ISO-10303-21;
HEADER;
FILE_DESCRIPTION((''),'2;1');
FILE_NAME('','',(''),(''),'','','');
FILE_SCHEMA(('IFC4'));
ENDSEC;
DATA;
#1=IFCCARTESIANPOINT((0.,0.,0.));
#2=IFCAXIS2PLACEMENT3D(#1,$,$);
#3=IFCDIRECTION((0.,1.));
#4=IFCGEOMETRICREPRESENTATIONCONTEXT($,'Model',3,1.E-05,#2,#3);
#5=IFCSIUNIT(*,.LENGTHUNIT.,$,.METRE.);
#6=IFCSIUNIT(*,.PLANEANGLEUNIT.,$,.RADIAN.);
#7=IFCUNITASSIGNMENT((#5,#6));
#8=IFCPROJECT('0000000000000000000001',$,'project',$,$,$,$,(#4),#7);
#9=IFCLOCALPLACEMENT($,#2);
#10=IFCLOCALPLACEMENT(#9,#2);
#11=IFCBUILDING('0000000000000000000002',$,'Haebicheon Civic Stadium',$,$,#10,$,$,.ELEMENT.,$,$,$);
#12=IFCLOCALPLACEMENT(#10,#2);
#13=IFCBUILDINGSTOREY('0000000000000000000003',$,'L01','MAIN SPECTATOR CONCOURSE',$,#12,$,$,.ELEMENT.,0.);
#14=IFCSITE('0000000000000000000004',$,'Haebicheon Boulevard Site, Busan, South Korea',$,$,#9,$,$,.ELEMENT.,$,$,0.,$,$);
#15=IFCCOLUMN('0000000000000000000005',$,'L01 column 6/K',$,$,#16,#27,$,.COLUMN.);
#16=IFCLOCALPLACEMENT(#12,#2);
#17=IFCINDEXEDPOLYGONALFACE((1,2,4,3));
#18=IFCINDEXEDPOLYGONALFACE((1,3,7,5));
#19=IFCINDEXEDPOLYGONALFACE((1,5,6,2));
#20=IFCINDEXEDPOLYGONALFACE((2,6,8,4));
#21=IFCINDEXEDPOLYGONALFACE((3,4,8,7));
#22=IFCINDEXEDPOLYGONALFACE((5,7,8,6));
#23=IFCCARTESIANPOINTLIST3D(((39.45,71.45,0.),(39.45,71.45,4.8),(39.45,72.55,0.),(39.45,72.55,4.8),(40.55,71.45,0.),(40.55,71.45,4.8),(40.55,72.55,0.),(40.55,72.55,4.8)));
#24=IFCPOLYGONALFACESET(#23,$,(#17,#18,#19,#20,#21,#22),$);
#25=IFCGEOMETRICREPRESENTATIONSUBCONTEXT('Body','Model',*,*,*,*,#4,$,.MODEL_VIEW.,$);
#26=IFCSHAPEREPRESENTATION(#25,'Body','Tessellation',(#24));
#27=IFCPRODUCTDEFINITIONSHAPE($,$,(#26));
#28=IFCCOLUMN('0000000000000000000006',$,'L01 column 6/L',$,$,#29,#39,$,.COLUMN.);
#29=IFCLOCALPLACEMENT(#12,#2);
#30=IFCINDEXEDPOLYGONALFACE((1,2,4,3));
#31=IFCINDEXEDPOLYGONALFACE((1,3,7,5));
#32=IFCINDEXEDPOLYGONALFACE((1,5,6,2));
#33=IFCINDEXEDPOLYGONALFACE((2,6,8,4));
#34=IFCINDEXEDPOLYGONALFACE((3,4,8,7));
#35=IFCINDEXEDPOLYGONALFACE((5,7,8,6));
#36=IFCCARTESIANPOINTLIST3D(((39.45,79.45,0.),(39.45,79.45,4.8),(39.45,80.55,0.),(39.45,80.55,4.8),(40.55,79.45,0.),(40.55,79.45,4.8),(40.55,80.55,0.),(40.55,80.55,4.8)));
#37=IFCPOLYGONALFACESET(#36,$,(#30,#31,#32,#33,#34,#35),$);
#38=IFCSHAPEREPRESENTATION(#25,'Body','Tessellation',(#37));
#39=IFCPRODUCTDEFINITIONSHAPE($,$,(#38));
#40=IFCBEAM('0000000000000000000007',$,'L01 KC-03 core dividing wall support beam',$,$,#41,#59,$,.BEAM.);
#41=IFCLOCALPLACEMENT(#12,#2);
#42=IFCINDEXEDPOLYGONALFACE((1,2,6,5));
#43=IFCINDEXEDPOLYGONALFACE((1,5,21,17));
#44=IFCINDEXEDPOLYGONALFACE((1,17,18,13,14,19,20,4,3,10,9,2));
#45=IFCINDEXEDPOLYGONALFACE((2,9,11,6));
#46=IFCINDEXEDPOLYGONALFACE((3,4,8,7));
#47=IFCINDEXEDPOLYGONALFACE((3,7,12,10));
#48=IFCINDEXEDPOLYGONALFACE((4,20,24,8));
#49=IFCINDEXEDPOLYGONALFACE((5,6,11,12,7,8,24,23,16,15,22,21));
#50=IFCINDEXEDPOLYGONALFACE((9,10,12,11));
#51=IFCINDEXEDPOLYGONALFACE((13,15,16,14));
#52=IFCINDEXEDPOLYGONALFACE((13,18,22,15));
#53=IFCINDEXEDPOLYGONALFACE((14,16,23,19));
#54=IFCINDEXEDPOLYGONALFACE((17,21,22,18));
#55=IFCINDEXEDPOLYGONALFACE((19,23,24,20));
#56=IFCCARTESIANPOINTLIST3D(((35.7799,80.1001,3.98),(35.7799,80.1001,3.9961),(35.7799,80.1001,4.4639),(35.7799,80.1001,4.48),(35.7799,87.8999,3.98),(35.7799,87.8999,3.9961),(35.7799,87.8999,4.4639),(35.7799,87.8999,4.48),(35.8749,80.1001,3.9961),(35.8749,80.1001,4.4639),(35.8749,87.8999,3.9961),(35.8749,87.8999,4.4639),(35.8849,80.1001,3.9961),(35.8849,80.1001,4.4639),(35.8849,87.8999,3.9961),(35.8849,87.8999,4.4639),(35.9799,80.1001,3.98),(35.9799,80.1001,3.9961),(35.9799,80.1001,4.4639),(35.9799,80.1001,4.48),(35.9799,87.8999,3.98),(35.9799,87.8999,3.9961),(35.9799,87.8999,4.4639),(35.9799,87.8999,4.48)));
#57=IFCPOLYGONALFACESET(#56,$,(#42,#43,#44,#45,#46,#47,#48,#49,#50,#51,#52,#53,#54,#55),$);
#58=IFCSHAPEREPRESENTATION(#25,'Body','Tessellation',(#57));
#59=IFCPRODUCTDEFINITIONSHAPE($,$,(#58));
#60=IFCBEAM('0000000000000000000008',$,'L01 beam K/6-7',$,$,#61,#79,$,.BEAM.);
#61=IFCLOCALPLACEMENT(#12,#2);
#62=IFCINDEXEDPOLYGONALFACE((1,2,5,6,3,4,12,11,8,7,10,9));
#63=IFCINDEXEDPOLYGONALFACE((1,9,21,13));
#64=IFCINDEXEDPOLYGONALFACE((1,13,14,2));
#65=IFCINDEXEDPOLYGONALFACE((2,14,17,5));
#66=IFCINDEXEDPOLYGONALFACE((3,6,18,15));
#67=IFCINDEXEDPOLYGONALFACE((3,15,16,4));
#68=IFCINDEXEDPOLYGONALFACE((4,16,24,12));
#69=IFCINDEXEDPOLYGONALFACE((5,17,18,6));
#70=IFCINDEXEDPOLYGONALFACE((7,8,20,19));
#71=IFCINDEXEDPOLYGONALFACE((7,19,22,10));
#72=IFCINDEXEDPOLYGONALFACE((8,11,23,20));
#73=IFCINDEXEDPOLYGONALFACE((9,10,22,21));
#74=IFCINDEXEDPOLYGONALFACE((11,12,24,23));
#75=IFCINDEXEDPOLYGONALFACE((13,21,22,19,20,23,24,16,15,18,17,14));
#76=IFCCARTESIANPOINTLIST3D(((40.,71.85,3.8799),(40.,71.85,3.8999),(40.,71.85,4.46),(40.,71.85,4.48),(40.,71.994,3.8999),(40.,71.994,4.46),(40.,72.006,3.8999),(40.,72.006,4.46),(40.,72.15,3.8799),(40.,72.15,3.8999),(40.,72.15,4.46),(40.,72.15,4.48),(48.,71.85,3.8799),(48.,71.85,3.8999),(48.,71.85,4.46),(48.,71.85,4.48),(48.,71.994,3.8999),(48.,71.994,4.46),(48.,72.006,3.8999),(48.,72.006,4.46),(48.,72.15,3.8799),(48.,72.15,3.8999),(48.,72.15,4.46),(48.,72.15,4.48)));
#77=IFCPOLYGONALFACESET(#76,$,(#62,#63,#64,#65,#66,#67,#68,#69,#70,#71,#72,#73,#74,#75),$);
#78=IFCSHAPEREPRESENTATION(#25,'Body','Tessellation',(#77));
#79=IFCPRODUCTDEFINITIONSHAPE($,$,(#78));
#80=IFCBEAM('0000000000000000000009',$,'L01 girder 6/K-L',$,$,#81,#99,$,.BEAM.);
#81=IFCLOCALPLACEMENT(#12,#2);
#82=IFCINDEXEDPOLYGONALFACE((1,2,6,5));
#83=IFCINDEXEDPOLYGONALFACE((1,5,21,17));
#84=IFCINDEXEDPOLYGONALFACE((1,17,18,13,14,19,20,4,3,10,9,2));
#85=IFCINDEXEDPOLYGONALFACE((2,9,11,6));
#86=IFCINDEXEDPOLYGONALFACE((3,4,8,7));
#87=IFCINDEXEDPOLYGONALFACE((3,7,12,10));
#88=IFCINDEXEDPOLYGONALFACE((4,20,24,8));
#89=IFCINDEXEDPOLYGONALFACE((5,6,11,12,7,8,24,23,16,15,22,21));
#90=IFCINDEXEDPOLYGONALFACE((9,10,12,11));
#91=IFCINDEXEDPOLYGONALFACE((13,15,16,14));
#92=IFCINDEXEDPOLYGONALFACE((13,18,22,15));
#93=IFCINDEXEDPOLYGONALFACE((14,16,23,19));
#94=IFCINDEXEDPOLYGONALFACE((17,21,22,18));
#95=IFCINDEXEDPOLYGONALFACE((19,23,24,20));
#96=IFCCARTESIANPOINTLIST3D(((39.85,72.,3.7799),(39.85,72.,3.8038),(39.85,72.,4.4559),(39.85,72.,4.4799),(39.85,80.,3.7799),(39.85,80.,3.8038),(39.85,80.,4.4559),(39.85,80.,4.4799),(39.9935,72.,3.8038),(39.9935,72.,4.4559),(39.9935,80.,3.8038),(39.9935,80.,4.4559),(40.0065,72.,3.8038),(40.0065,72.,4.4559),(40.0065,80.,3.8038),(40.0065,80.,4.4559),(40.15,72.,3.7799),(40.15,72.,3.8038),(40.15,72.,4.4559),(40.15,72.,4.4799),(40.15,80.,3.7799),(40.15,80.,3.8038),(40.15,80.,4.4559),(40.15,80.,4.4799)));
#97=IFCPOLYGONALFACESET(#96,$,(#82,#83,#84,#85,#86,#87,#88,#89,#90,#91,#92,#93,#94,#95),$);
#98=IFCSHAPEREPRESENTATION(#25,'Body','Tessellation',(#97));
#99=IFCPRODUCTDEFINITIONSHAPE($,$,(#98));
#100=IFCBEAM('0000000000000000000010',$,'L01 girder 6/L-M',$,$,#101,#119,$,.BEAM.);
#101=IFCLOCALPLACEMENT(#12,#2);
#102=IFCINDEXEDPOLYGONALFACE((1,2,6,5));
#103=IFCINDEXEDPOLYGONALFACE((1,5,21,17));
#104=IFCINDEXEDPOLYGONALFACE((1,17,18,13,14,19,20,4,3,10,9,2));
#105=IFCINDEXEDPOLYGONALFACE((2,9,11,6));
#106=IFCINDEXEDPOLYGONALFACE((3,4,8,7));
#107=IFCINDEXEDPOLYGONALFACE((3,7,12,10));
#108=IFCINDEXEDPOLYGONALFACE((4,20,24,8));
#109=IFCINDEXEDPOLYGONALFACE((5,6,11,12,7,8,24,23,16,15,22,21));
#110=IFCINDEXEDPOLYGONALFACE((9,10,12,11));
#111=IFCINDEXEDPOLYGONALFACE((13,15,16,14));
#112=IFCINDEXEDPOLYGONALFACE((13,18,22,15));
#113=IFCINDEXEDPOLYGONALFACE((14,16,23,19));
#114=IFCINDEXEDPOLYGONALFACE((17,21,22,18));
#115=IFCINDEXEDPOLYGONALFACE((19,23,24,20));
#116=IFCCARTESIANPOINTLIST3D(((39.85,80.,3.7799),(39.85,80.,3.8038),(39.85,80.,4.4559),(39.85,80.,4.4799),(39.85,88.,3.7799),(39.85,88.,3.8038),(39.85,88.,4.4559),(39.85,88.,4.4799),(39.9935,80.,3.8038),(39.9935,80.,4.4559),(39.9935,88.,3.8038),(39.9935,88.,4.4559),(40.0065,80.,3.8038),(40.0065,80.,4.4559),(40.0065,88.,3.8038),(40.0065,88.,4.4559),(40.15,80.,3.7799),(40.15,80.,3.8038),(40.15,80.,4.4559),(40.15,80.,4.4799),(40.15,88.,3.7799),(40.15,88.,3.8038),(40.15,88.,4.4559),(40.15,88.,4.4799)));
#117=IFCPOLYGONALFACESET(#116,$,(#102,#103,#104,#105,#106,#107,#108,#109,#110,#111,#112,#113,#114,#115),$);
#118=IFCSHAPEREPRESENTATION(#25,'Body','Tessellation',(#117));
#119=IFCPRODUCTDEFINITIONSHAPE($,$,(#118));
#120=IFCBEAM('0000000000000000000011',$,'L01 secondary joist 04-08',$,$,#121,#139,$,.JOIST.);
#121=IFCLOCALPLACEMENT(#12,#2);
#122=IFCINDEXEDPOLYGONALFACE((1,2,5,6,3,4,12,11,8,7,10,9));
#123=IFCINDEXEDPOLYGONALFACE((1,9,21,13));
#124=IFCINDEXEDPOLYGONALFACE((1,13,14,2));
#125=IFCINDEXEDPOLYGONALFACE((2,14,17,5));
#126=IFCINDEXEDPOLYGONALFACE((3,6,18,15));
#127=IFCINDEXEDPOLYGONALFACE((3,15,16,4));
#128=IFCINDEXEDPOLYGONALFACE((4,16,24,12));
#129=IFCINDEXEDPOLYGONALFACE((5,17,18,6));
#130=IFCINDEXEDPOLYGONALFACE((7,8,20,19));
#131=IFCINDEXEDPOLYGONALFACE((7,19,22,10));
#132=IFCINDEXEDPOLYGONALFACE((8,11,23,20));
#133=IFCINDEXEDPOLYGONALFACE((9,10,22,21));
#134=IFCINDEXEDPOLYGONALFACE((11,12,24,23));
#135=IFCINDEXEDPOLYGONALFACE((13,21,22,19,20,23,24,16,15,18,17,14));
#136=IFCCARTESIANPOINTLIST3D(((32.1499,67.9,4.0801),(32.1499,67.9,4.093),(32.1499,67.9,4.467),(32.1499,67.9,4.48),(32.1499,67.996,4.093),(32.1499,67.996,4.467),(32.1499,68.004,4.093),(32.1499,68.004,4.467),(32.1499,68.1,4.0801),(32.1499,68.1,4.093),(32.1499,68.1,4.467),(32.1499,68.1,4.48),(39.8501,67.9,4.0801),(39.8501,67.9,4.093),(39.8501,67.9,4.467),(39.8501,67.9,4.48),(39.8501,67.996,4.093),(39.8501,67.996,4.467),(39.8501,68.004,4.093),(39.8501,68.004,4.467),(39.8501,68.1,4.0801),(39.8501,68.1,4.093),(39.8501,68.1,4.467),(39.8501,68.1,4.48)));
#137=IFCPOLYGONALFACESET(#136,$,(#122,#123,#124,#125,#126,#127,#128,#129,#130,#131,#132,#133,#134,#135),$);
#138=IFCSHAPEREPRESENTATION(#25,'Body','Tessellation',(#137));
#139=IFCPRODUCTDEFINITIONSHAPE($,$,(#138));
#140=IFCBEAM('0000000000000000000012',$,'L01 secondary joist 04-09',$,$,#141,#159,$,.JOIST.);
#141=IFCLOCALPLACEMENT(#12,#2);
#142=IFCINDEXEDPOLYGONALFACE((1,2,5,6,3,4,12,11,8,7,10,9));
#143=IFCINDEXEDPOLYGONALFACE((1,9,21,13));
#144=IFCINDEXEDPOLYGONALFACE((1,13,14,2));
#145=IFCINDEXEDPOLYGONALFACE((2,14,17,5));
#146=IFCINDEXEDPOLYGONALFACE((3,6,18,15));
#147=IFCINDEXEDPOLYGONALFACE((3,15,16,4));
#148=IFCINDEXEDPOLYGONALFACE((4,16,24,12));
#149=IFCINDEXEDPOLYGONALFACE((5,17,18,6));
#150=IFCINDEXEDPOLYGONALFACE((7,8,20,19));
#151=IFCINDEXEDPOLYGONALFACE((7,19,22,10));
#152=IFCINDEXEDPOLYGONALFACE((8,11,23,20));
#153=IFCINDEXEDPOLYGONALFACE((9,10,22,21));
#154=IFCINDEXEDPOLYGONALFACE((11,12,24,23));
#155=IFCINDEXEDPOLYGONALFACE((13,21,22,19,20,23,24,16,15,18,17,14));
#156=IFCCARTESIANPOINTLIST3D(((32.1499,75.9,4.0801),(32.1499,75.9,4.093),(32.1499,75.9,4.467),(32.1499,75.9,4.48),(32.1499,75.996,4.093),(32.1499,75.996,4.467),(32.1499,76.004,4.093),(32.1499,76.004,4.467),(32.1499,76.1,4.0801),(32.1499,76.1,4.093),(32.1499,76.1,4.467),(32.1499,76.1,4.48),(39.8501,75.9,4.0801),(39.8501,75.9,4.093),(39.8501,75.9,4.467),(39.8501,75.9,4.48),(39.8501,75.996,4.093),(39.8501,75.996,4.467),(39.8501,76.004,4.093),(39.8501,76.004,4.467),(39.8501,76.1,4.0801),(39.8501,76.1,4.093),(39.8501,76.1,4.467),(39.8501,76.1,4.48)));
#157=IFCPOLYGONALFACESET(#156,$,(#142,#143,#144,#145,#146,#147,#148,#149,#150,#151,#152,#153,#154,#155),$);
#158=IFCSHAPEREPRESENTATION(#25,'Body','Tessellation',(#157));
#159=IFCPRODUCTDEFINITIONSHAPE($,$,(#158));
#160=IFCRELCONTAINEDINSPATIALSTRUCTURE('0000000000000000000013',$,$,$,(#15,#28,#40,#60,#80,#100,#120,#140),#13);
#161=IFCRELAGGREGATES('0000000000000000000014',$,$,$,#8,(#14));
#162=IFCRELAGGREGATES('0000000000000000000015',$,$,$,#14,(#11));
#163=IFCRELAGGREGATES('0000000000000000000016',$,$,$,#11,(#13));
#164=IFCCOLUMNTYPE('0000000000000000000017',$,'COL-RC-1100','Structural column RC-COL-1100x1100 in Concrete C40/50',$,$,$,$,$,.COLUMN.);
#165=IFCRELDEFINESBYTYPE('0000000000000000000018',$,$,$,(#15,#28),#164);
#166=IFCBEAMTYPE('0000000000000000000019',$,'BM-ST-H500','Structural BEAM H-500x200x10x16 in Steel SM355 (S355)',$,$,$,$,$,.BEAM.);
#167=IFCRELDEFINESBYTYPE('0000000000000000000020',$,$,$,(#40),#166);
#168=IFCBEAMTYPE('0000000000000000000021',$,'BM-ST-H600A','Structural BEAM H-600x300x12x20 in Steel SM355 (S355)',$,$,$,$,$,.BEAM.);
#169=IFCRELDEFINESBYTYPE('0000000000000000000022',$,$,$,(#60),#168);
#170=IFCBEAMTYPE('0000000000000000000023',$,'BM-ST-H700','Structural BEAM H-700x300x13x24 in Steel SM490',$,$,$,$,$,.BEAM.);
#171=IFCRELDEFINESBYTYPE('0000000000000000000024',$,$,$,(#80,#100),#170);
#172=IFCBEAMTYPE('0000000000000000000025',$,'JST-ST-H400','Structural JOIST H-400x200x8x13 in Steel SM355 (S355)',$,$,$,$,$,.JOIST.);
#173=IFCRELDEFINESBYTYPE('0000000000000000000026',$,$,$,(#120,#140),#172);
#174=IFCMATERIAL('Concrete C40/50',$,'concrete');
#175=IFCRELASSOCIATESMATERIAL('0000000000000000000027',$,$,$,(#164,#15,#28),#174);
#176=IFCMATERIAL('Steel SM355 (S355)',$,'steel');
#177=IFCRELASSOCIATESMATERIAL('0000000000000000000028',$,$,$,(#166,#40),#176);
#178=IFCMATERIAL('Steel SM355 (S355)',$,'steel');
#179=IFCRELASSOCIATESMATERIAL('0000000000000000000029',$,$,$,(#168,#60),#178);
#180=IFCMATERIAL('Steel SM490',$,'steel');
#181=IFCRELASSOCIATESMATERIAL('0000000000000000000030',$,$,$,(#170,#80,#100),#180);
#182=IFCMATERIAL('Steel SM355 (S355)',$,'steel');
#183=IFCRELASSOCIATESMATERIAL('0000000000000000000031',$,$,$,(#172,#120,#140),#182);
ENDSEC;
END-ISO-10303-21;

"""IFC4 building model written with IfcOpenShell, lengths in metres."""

from ifc_helpers import new_model, si_unit, direction, frame, origin, origin_2d, place, context, subcontext, project, spatial, rectangle, i_section, extrude, material, material_profile, profile_set, type_object, element, save


model = new_model("IFC4")

# Units and contexts
model_context = context("Model", 3, precision=1e-05, world=origin(), true_north=direction((0.0, 1.0)))
body_context = subcontext(model_context, "Body", "Model", "MODEL_VIEW")
ifc_project = project(units=[si_unit("LENGTHUNIT", "METRE"), si_unit("PLANEANGLEUNIT", "RADIAN")], contexts=[model_context])

# Site, building, storey
site_placement = place(None, origin())
site = spatial("IfcSite", under=ifc_project, at=site_placement, Name="Haebicheon Boulevard Site, Busan, South Korea", CompositionType="ELEMENT", RefElevation=0.0)
building_placement = place(site_placement, origin())
building = spatial("IfcBuilding", under=site, at=building_placement, Name="Haebicheon Civic Stadium", CompositionType="ELEMENT")
storey_placement = place(building_placement, origin())
storey = spatial("IfcBuildingStorey", under=building, at=storey_placement, Name="L01", Description="MAIN SPECTATOR CONCOURSE", CompositionType="ELEMENT", Elevation=0.0)

# Columns
ifc_material_1 = material(Name="Concrete C40/50", Category="concrete")
ifc_material_profile_1 = material_profile(ifc_material_1, rectangle(XDim=1.1001, YDim=1.1001, at=origin_2d()), Name="RC-COL-1100x1100")
ifc_profile_set_1 = profile_set([ifc_material_profile_1], Name="Concrete C40/50")
column_type = type_object("IfcColumnType", Name="COL-RC-1100", Description="Structural column RC-COL-1100x1100 in Concrete C40/50", PredefinedType="COLUMN", material=ifc_profile_set_1)
for number, where, z_axis, x_axis, name in (
    (1, (40.0, 72.0, 0.0), (0.0, 0.0, 1.0), (1.0, 0.0, 0.0), "L01 column 6/K"),
    (2, (40.0, 80.0, 0.0), (0.0, 0.0, 1.0), (1.0, 0.0, 0.0), "L01 column 6/L"),
):
    element("IfcColumn", number, at=place(storey_placement, frame(where, z_axis=z_axis, x_axis=x_axis)), inside=storey, type_object=column_type, material=ifc_profile_set_1, Name=name, PredefinedType="COLUMN", context=body_context, shape_type="SweptSolid", body=[
        extrude(rectangle(XDim=1.1001, YDim=1.1001, at=origin_2d()), origin(), (0.0, 0.0, 1.0), 4.8),
    ])

# Beams
ifc_material_2 = material(Name="Steel SM355 (S355)", Category="steel")
ifc_material_profile_2 = material_profile(ifc_material_2, i_section(OverallWidth=0.2, OverallDepth=0.5, WebThickness=0.01, FlangeThickness=0.0161, at=origin_2d()), Name="H-500x200x10x16")
ifc_profile_set_2 = profile_set([ifc_material_profile_2], Name="Steel SM355 (S355)")
beam_type_1 = type_object("IfcBeamType", Name="BM-ST-H500", Description="Structural BEAM H-500x200x10x16 in Steel SM355 (S355)", PredefinedType="BEAM", material=ifc_profile_set_2)
beam_1_placement = place(storey_placement, frame((35.8799, 80.1001, 4.23), z_axis=(0.0, 1.0, 0.0), x_axis=(-1.0, 0.0, 0.0)))
element("IfcBeam", 3, at=beam_1_placement, inside=storey, type_object=beam_type_1, material=ifc_profile_set_2, Name="L01 KC-03 core dividing wall support beam", PredefinedType="BEAM", context=body_context, shape_type="SweptSolid", body=[
    extrude(i_section(OverallWidth=0.2, OverallDepth=0.5, WebThickness=0.01, FlangeThickness=0.0161, at=origin_2d()), origin(), (0.0, 0.0, 1.0), 7.7998),
])
ifc_material_3 = material(Name="Steel SM355 (S355)", Category="steel")
ifc_material_profile_3 = material_profile(ifc_material_3, i_section(OverallWidth=0.3, OverallDepth=0.6001, WebThickness=0.012, FlangeThickness=0.02, at=origin_2d()), Name="H-600x300x12x20")
ifc_profile_set_3 = profile_set([ifc_material_profile_3], Name="Steel SM355 (S355)")
beam_type_2 = type_object("IfcBeamType", Name="BM-ST-H600A", Description="Structural BEAM H-600x300x12x20 in Steel SM355 (S355)", PredefinedType="BEAM", material=ifc_profile_set_3)
beam_2_placement = place(storey_placement, frame((40.0, 72.0, 4.1799), z_axis=(1.0, 0.0, 0.0), x_axis=(0.0, 1.0, 0.0)))
element("IfcBeam", 4, at=beam_2_placement, inside=storey, type_object=beam_type_2, material=ifc_profile_set_3, Name="L01 beam K/6-7", PredefinedType="BEAM", context=body_context, shape_type="SweptSolid", body=[
    extrude(i_section(OverallWidth=0.3, OverallDepth=0.6001, WebThickness=0.012, FlangeThickness=0.02, at=origin_2d()), origin(), (0.0, 0.0, 1.0), 8.0),
])
ifc_material_4 = material(Name="Steel SM490", Category="steel")
ifc_material_profile_4 = material_profile(ifc_material_4, i_section(OverallWidth=0.3, OverallDepth=0.7, WebThickness=0.0129, FlangeThickness=0.0239, at=origin_2d()), Name="H-700x300x13x24")
ifc_profile_set_4 = profile_set([ifc_material_profile_4], Name="Steel SM490")
beam_type_3 = type_object("IfcBeamType", Name="BM-ST-H700", Description="Structural BEAM H-700x300x13x24 in Steel SM490", PredefinedType="BEAM", material=ifc_profile_set_4)
for number, where, z_axis, x_axis, name in (
    (5, (40.0, 72.0, 4.1299), (0.0, 1.0, 0.0), (-1.0, 0.0, 0.0), "L01 girder 6/K-L"),
    (6, (40.0, 80.0, 4.1299), (0.0, 1.0, 0.0), (-1.0, 0.0, 0.0), "L01 girder 6/L-M"),
):
    element("IfcBeam", number, at=place(storey_placement, frame(where, z_axis=z_axis, x_axis=x_axis)), inside=storey, type_object=beam_type_3, material=ifc_profile_set_4, Name=name, PredefinedType="BEAM", context=body_context, shape_type="SweptSolid", body=[
        extrude(i_section(OverallWidth=0.3, OverallDepth=0.7, WebThickness=0.0129, FlangeThickness=0.0239, at=origin_2d()), origin(), (0.0, 0.0, 1.0), 8.0),
    ])
ifc_material_5 = material(Name="Steel SM355 (S355)", Category="steel")
ifc_material_profile_5 = material_profile(ifc_material_5, i_section(OverallWidth=0.2, OverallDepth=0.3999, WebThickness=0.0081, FlangeThickness=0.0129, at=origin_2d()), Name="H-400x200x8x13")
ifc_profile_set_5 = profile_set([ifc_material_profile_5], Name="Steel SM355 (S355)")
beam_type_4 = type_object("IfcBeamType", Name="JST-ST-H400", Description="Structural JOIST H-400x200x8x13 in Steel SM355 (S355)", PredefinedType="JOIST", material=ifc_profile_set_5)
for number, where, z_axis, x_axis, name in (
    (7, (32.1499, 68.0, 4.28), (1.0, 0.0, 0.0), (0.0, 1.0, 0.0), "L01 secondary joist 04-08"),
    (8, (32.1499, 76.0, 4.28), (1.0, 0.0, 0.0), (0.0, 1.0, 0.0), "L01 secondary joist 04-09"),
):
    element("IfcBeam", number, at=place(storey_placement, frame(where, z_axis=z_axis, x_axis=x_axis)), inside=storey, type_object=beam_type_4, material=ifc_profile_set_5, Name=name, PredefinedType="JOIST", context=body_context, shape_type="SweptSolid", body=[
        extrude(i_section(OverallWidth=0.2, OverallDepth=0.3999, WebThickness=0.0081, FlangeThickness=0.0129, at=origin_2d()), origin(), (0.0, 0.0, 1.0), 7.7002),
    ])

save(model, "model.ifc")
